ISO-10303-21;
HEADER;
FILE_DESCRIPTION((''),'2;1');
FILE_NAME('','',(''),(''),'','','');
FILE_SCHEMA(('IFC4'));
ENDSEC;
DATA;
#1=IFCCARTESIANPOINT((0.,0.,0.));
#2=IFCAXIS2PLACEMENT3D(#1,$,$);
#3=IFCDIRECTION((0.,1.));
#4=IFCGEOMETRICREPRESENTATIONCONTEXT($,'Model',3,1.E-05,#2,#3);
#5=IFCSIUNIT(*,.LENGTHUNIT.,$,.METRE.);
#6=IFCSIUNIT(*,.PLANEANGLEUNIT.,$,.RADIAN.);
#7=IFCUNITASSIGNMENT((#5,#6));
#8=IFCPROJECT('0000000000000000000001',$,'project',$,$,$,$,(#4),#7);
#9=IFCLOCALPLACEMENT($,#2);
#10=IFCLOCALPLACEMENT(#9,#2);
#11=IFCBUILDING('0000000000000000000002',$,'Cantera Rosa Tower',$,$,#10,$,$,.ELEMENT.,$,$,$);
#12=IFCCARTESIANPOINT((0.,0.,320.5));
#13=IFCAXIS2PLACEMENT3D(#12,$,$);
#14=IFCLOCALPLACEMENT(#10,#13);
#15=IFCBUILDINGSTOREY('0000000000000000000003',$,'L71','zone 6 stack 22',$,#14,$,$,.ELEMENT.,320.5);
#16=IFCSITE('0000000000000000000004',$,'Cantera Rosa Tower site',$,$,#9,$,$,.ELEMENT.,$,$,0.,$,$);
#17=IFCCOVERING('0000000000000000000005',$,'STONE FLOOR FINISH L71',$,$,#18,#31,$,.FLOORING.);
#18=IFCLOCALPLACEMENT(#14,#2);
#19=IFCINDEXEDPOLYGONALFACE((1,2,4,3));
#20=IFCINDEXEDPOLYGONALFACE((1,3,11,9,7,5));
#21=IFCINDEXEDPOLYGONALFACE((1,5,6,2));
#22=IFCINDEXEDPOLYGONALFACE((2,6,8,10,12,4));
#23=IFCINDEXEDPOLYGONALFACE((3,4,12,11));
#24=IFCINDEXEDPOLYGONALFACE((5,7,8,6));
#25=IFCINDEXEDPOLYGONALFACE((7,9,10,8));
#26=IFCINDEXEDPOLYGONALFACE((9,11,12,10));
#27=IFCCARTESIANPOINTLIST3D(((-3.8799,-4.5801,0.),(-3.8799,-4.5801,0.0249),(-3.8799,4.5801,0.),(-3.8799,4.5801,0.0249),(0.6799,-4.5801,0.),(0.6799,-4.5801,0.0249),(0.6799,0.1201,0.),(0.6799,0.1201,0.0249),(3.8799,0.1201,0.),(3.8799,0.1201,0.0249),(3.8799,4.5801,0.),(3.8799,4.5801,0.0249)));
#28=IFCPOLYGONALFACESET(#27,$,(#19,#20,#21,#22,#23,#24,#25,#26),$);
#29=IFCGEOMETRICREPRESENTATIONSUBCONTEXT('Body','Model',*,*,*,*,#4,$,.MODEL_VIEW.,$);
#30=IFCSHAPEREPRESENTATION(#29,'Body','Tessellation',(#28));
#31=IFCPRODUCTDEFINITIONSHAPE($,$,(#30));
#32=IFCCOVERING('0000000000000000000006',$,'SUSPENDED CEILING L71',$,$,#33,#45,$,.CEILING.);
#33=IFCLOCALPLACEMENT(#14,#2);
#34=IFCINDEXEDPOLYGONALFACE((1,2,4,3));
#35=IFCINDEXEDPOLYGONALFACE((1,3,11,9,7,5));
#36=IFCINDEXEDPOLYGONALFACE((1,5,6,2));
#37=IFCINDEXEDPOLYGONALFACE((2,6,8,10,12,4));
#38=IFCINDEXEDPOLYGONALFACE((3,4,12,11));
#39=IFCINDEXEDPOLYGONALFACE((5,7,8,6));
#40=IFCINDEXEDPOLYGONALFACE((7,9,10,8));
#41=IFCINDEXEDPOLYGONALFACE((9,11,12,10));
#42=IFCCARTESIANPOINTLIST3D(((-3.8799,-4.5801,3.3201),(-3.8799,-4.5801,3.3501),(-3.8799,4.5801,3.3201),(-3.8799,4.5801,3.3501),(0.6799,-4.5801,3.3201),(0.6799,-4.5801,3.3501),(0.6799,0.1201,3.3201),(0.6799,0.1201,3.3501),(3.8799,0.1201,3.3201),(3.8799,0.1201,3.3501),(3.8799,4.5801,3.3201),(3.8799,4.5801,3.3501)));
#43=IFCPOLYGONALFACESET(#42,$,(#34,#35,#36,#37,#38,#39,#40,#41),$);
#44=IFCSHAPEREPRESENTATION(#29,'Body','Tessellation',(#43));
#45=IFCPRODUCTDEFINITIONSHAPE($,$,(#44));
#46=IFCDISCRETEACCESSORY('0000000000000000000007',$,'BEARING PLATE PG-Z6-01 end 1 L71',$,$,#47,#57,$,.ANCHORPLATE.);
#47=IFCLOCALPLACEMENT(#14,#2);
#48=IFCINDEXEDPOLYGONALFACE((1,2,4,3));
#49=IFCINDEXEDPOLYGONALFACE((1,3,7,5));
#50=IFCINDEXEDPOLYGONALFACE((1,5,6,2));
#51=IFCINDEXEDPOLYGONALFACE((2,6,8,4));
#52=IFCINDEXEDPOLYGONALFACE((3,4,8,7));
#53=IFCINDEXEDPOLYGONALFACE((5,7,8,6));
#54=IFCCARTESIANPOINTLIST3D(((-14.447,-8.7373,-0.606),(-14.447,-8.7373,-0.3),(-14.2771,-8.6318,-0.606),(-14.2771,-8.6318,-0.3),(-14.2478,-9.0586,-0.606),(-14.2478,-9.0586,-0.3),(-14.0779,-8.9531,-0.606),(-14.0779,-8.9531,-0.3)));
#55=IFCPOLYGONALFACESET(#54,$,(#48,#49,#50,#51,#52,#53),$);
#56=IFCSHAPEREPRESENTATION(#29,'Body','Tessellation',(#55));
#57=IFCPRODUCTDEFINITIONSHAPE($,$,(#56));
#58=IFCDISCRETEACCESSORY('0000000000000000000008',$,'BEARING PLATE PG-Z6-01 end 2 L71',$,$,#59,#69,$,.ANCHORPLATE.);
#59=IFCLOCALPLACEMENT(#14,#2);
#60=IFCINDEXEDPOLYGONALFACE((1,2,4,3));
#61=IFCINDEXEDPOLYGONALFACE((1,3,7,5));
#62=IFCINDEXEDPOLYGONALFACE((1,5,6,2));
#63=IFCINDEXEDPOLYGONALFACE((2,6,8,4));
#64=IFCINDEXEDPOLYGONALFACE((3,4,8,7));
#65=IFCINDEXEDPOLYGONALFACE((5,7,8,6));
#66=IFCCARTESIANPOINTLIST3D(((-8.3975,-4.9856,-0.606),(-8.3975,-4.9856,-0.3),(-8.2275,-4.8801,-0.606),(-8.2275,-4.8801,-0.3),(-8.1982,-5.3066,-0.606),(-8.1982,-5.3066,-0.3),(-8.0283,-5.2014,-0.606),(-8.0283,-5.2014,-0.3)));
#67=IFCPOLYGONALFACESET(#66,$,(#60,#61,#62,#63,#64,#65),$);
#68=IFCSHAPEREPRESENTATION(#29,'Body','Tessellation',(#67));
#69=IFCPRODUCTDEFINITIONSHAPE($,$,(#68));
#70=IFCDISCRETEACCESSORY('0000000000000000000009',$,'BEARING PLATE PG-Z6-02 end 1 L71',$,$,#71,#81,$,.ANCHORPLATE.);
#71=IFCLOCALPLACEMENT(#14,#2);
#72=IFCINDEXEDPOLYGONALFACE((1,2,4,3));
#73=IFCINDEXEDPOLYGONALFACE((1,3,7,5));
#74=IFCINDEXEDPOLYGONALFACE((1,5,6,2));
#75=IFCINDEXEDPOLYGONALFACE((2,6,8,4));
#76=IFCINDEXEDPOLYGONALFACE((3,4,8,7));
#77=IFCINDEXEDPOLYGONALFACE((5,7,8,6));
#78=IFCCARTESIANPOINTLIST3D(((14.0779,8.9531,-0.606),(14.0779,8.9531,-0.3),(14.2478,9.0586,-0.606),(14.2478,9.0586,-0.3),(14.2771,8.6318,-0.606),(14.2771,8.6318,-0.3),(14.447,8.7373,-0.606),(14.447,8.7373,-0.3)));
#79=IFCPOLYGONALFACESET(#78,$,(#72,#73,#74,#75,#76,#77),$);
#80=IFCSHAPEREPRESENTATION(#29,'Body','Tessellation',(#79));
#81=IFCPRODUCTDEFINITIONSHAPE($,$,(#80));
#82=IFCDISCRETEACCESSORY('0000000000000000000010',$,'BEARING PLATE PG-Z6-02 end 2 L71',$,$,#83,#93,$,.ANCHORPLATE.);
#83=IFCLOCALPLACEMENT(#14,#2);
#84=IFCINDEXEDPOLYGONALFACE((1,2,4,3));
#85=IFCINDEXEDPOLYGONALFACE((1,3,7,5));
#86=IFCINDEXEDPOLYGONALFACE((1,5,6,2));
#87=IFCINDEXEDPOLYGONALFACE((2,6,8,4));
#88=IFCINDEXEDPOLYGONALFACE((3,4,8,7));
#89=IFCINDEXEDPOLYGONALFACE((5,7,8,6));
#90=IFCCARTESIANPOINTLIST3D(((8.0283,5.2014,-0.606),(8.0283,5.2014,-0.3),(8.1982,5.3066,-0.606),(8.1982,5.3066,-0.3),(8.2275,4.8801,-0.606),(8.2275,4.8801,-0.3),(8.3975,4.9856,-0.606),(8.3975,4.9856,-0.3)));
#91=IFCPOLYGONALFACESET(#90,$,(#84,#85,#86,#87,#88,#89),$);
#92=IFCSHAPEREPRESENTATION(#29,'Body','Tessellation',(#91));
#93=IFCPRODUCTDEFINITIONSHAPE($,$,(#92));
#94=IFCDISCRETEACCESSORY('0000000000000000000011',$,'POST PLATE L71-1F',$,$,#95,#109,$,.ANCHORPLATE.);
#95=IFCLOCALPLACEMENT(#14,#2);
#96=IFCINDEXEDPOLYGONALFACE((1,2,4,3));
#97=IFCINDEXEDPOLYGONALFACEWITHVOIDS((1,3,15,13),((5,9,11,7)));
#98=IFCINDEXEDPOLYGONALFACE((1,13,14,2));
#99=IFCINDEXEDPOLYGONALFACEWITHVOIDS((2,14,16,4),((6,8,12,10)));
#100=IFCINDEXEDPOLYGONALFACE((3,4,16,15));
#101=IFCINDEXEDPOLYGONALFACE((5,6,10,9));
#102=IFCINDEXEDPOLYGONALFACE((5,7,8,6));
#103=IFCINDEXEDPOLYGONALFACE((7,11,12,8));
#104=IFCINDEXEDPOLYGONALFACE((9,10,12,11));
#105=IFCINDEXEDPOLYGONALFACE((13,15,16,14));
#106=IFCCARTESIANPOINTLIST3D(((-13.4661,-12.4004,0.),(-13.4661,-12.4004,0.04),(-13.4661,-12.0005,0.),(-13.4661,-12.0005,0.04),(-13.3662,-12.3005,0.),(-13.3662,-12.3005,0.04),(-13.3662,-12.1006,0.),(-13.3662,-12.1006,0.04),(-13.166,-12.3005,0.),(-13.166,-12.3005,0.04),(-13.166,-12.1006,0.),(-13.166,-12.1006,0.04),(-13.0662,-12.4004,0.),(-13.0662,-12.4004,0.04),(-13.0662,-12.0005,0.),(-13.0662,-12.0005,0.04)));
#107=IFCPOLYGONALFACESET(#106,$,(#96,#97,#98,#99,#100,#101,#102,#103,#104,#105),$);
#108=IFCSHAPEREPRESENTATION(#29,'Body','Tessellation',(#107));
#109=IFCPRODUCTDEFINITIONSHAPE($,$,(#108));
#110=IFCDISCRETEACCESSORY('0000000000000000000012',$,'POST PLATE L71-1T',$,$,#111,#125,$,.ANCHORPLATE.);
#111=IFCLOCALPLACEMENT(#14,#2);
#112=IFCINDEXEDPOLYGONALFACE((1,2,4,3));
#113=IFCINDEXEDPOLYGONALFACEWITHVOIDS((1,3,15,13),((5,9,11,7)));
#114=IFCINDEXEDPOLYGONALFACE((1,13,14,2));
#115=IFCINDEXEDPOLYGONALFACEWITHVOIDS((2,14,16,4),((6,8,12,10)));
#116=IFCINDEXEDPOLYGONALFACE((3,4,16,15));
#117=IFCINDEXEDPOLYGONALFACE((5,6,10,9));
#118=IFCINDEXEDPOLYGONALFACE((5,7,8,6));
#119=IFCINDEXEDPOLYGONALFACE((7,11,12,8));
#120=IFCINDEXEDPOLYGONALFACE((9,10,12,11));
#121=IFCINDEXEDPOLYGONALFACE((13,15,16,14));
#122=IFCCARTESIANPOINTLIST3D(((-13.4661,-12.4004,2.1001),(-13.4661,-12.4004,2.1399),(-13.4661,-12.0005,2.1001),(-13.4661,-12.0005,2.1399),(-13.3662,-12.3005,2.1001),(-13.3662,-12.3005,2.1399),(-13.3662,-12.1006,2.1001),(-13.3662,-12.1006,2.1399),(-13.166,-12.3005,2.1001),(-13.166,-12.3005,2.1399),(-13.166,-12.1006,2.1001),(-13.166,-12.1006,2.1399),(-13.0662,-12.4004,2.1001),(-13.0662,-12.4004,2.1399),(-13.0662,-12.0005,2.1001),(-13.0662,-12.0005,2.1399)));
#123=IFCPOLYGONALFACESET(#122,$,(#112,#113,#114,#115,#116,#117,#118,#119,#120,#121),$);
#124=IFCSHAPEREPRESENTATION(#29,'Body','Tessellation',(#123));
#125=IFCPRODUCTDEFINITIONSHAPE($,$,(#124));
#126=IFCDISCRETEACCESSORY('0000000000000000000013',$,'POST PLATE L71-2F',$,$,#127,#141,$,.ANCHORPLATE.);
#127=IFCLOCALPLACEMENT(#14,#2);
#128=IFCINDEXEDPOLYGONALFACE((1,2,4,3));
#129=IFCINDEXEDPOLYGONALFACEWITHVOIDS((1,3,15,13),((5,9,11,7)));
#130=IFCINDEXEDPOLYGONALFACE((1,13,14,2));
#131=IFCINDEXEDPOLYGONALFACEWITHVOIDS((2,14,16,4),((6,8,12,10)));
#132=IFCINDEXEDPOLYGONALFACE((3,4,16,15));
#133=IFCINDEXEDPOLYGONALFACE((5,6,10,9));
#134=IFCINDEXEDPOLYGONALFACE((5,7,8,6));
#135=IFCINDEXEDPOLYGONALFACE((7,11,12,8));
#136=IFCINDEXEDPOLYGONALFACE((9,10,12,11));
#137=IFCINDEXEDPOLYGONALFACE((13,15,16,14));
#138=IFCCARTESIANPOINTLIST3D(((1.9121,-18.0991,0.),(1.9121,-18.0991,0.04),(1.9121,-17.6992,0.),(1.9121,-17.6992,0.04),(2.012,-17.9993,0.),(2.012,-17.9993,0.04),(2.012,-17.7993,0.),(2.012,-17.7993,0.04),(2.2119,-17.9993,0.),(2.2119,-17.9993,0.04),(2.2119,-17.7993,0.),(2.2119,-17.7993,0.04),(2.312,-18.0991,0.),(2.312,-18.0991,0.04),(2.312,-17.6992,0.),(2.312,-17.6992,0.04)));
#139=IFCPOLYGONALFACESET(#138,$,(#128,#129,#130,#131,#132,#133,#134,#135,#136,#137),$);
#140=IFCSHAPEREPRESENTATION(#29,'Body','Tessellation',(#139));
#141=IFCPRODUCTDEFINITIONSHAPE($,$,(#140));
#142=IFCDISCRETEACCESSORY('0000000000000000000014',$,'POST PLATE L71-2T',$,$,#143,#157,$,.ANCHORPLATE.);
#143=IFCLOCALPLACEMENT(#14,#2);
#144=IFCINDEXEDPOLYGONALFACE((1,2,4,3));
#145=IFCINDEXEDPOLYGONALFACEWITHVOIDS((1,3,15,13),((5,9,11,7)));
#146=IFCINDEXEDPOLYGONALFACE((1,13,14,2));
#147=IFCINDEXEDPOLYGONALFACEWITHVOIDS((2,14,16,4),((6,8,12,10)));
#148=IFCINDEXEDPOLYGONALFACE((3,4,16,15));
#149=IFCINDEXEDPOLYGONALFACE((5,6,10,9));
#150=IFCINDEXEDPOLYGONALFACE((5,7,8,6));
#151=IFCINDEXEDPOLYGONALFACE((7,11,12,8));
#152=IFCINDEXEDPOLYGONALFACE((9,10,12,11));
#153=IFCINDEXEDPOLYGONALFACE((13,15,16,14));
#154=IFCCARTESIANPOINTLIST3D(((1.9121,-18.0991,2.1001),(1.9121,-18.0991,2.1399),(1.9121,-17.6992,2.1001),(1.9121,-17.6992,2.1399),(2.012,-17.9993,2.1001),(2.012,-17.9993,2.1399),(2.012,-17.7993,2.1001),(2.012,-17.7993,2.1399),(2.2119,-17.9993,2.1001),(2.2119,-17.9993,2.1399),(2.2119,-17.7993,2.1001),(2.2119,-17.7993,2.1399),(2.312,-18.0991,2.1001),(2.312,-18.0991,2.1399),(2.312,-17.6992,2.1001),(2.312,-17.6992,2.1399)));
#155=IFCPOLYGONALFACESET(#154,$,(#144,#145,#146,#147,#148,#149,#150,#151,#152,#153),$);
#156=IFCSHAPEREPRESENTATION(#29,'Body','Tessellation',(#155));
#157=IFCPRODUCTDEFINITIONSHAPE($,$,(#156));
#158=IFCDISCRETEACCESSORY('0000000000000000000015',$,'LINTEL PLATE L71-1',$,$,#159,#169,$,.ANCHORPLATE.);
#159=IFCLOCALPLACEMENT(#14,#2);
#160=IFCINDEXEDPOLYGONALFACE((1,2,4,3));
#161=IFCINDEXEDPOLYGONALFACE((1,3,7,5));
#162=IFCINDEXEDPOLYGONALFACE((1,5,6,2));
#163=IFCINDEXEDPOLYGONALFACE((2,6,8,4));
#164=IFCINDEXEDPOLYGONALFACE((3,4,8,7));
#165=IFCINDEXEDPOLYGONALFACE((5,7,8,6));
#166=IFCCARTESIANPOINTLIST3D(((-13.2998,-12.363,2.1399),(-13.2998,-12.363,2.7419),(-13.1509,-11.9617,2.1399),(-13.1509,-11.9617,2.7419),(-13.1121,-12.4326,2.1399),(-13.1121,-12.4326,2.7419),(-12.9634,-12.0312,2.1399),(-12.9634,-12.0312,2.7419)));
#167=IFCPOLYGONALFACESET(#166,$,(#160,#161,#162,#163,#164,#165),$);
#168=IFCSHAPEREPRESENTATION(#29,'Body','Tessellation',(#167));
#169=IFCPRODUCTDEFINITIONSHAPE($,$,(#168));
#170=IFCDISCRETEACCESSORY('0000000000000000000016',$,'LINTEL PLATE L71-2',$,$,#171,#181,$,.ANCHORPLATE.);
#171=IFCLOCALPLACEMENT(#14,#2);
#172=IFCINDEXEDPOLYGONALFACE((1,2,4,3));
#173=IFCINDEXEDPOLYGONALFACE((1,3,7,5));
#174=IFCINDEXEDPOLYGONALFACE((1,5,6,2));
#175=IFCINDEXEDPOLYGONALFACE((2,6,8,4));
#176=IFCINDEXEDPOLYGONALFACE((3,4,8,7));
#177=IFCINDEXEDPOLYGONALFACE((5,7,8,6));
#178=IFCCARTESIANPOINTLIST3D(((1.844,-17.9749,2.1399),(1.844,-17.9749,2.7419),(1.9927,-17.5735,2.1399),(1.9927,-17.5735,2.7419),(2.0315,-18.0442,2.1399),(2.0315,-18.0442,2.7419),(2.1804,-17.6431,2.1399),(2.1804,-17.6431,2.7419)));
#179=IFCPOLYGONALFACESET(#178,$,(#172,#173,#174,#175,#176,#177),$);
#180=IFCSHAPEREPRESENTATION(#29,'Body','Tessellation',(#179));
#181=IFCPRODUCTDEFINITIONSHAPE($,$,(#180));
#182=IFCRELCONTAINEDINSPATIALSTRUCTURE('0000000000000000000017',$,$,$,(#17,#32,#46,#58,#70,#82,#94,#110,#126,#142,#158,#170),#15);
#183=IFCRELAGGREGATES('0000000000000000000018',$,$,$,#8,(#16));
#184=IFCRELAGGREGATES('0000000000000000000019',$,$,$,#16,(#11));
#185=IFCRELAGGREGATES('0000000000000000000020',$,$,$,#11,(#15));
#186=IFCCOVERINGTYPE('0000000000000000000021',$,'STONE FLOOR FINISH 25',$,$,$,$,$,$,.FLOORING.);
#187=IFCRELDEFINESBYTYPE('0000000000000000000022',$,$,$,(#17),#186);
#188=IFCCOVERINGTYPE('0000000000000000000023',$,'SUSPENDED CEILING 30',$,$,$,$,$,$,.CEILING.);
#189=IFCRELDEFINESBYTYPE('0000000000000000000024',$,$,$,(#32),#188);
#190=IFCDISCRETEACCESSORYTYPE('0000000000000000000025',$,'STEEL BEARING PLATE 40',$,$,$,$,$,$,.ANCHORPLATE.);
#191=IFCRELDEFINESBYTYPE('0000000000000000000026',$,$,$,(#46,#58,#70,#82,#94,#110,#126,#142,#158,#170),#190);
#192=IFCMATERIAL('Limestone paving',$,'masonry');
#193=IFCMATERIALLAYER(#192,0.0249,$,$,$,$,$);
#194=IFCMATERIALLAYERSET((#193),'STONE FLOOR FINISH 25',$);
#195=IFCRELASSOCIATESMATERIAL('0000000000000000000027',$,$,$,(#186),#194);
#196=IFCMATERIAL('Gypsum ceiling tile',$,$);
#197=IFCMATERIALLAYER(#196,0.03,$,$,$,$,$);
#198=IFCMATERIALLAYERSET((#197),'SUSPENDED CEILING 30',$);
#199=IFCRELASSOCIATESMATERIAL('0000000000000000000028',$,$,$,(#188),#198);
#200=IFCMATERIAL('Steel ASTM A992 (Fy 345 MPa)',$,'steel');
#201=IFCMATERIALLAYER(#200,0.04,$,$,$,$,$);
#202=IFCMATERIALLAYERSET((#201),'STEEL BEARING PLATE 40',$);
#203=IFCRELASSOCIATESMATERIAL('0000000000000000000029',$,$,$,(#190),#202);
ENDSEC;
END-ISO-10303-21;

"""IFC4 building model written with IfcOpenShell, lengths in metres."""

from ifc_helpers import new_model, si_unit, direction, frame, origin, place, context, subcontext, project, spatial, polyline, outline, extrude, material, layer, layer_set, type_object, element, save


model = new_model("IFC4")

# Units and contexts
model_context = context("Model", 3, precision=1e-05, world=origin(), true_north=direction((0.0, 1.0)))
body_context = subcontext(model_context, "Body", "Model", "MODEL_VIEW")
ifc_project = project(units=[si_unit("LENGTHUNIT", "METRE"), si_unit("PLANEANGLEUNIT", "RADIAN")], contexts=[model_context])

# Site, building, storey
site_placement = place(None, origin())
site = spatial("IfcSite", under=ifc_project, at=site_placement, Name="Cantera Rosa Tower site", CompositionType="ELEMENT", RefElevation=0.0)
building_placement = place(site_placement, origin())
building = spatial("IfcBuilding", under=site, at=building_placement, Name="Cantera Rosa Tower", CompositionType="ELEMENT")
storey_placement = place(building_placement, frame((0.0, 0.0, 320.5)))
storey = spatial("IfcBuildingStorey", under=building, at=storey_placement, Name="L71", Description="zone 6 stack 22", CompositionType="ELEMENT", Elevation=320.5)

# Coverings
ifc_material_1 = material(Name="Limestone paving", Category="masonry")
ifc_layer_1 = layer(ifc_material_1, 0.0249)
ifc_layer_set_1 = layer_set([ifc_layer_1], Name="STONE FLOOR FINISH 25")
covering_type_1 = type_object("IfcCoveringType", Name="STONE FLOOR FINISH 25", PredefinedType="FLOORING", material=ifc_layer_set_1)
covering_1_placement = place(storey_placement, origin())
element("IfcCovering", 1, at=covering_1_placement, inside=storey, type_object=covering_type_1, Name="STONE FLOOR FINISH L71", PredefinedType="FLOORING", context=body_context, shape_type="SweptSolid", body=[
    extrude(outline(polyline([(3.8799, 4.5801), (3.8799, 0.1201), (0.6799, 0.1201), (0.6799, -4.5801), (-3.8799, -4.5801), (-3.8799, 4.5801), (3.8799, 4.5801)])), origin(), (0.0, 0.0, 1.0), 0.0249),
])
ifc_material_2 = material(Name="Gypsum ceiling tile")
ifc_layer_2 = layer(ifc_material_2, 0.03)
ifc_layer_set_2 = layer_set([ifc_layer_2], Name="SUSPENDED CEILING 30")
covering_type_2 = type_object("IfcCoveringType", Name="SUSPENDED CEILING 30", PredefinedType="CEILING", material=ifc_layer_set_2)
covering_2_placement = place(storey_placement, frame((0.0, 0.0, 3.3201)))
element("IfcCovering", 2, at=covering_2_placement, inside=storey, type_object=covering_type_2, Name="SUSPENDED CEILING L71", PredefinedType="CEILING", context=body_context, shape_type="SweptSolid", body=[
    extrude(outline(polyline([(3.8799, 4.5801), (3.8799, 0.1201), (0.6799, 0.1201), (0.6799, -4.5801), (-3.8799, -4.5801), (-3.8799, 4.5801), (3.8799, 4.5801)])), origin(), (0.0, 0.0, 1.0), 0.03),
])

# Discrete accessories
ifc_material_3 = material(Name="Steel ASTM A992 (Fy 345 MPa)", Category="steel")
ifc_layer_3 = layer(ifc_material_3, 0.04)
ifc_layer_set_3 = layer_set([ifc_layer_3], Name="STEEL BEARING PLATE 40")
discrete_accessory_type = type_object("IfcDiscreteAccessoryType", Name="STEEL BEARING PLATE 40", PredefinedType="ANCHORPLATE", material=ifc_layer_set_3)
discrete_accessory_1_placement = place(storey_placement, frame((0.0, 0.0, -0.606)))
element("IfcDiscreteAccessory", 3, at=discrete_accessory_1_placement, inside=storey, type_object=discrete_accessory_type, Name="BEARING PLATE PG-Z6-01 end 1 L71", PredefinedType="ANCHORPLATE", context=body_context, shape_type="SweptSolid", body=[
    extrude(outline(polyline([(-14.2771, -8.6318), (-14.447, -8.7373), (-14.2478, -9.0586), (-14.0779, -8.9531), (-14.2771, -8.6318)])), origin(), (0.0, 0.0, 1.0), 0.3059),
])
discrete_accessory_2_placement = place(storey_placement, frame((0.0, 0.0, -0.606)))
element("IfcDiscreteAccessory", 4, at=discrete_accessory_2_placement, inside=storey, type_object=discrete_accessory_type, Name="BEARING PLATE PG-Z6-01 end 2 L71", PredefinedType="ANCHORPLATE", context=body_context, shape_type="SweptSolid", body=[
    extrude(outline(polyline([(-8.1982, -5.3066), (-8.0283, -5.2014), (-8.2275, -4.8801), (-8.3975, -4.9856), (-8.1982, -5.3066)])), origin(), (0.0, 0.0, 1.0), 0.3059),
])
discrete_accessory_3_placement = place(storey_placement, frame((0.0, 0.0, -0.606)))
element("IfcDiscreteAccessory", 5, at=discrete_accessory_3_placement, inside=storey, type_object=discrete_accessory_type, Name="BEARING PLATE PG-Z6-02 end 1 L71", PredefinedType="ANCHORPLATE", context=body_context, shape_type="SweptSolid", body=[
    extrude(outline(polyline([(14.2771, 8.6318), (14.447, 8.7373), (14.2478, 9.0586), (14.0779, 8.9531), (14.2771, 8.6318)])), origin(), (0.0, 0.0, 1.0), 0.3059),
])
discrete_accessory_4_placement = place(storey_placement, frame((0.0, 0.0, -0.606)))
element("IfcDiscreteAccessory", 6, at=discrete_accessory_4_placement, inside=storey, type_object=discrete_accessory_type, Name="BEARING PLATE PG-Z6-02 end 2 L71", PredefinedType="ANCHORPLATE", context=body_context, shape_type="SweptSolid", body=[
    extrude(outline(polyline([(8.1982, 5.3066), (8.0283, 5.2014), (8.2275, 4.8801), (8.3975, 4.9856), (8.1982, 5.3066)])), origin(), (0.0, 0.0, 1.0), 0.3059),
])
discrete_accessory_5_placement = place(storey_placement, origin())
element("IfcDiscreteAccessory", 7, at=discrete_accessory_5_placement, inside=storey, type_object=discrete_accessory_type, Name="POST PLATE L71-1F", PredefinedType="ANCHORPLATE", context=body_context, shape_type="SweptSolid", body=[
    extrude(outline(polyline([(-13.4661, -12.4004), (-13.0662, -12.4004), (-13.0662, -12.0005), (-13.4661, -12.0005), (-13.4661, -12.4004)]), holes=[polyline([(-13.3662, -12.3005), (-13.166, -12.3005), (-13.166, -12.1006), (-13.3662, -12.1006), (-13.3662, -12.3005)])]), origin(), (0.0, 0.0, 1.0), 0.04),
])
discrete_accessory_6_placement = place(storey_placement, frame((0.0, 0.0, 2.1001)))
element("IfcDiscreteAccessory", 8, at=discrete_accessory_6_placement, inside=storey, type_object=discrete_accessory_type, Name="POST PLATE L71-1T", PredefinedType="ANCHORPLATE", context=body_context, shape_type="SweptSolid", body=[
    extrude(outline(polyline([(-13.4661, -12.4004), (-13.0662, -12.4004), (-13.0662, -12.0005), (-13.4661, -12.0005), (-13.4661, -12.4004)]), holes=[polyline([(-13.3662, -12.3005), (-13.166, -12.3005), (-13.166, -12.1006), (-13.3662, -12.1006), (-13.3662, -12.3005)])]), origin(), (0.0, 0.0, 1.0), 0.0398),
])
discrete_accessory_7_placement = place(storey_placement, origin())
element("IfcDiscreteAccessory", 9, at=discrete_accessory_7_placement, inside=storey, type_object=discrete_accessory_type, Name="POST PLATE L71-2F", PredefinedType="ANCHORPLATE", context=body_context, shape_type="SweptSolid", body=[
    extrude(outline(polyline([(1.9121, -18.0991), (2.312, -18.0991), (2.312, -17.6992), (1.9121, -17.6992), (1.9121, -18.0991)]), holes=[polyline([(2.012, -17.9993), (2.2119, -17.9993), (2.2119, -17.7993), (2.012, -17.7993), (2.012, -17.9993)])]), origin(), (0.0, 0.0, 1.0), 0.04),
])
discrete_accessory_8_placement = place(storey_placement, frame((0.0, 0.0, 2.1001)))
element("IfcDiscreteAccessory", 10, at=discrete_accessory_8_placement, inside=storey, type_object=discrete_accessory_type, Name="POST PLATE L71-2T", PredefinedType="ANCHORPLATE", context=body_context, shape_type="SweptSolid", body=[
    extrude(outline(polyline([(1.9121, -18.0991), (2.312, -18.0991), (2.312, -17.6992), (1.9121, -17.6992), (1.9121, -18.0991)]), holes=[polyline([(2.012, -17.9993), (2.2119, -17.9993), (2.2119, -17.7993), (2.012, -17.7993), (2.012, -17.9993)])]), origin(), (0.0, 0.0, 1.0), 0.0398),
])
discrete_accessory_9_placement = place(storey_placement, frame((0.0, 0.0, 2.1399)))
element("IfcDiscreteAccessory", 11, at=discrete_accessory_9_placement, inside=storey, type_object=discrete_accessory_type, Name="LINTEL PLATE L71-1", PredefinedType="ANCHORPLATE", context=body_context, shape_type="SweptSolid", body=[
    extrude(outline(polyline([(-12.9634, -12.0312), (-13.1509, -11.9617), (-13.2998, -12.363), (-13.1121, -12.4326), (-12.9634, -12.0312)])), origin(), (0.0, 0.0, 1.0), 0.6021),
])
discrete_accessory_10_placement = place(storey_placement, frame((0.0, 0.0, 2.1399)))
element("IfcDiscreteAccessory", 12, at=discrete_accessory_10_placement, inside=storey, type_object=discrete_accessory_type, Name="LINTEL PLATE L71-2", PredefinedType="ANCHORPLATE", context=body_context, shape_type="SweptSolid", body=[
    extrude(outline(polyline([(1.844, -17.9749), (2.0315, -18.0442), (2.1804, -17.6431), (1.9927, -17.5735), (1.844, -17.9749)])), origin(), (0.0, 0.0, 1.0), 0.6021),
])

save(model, "model.ifc")
